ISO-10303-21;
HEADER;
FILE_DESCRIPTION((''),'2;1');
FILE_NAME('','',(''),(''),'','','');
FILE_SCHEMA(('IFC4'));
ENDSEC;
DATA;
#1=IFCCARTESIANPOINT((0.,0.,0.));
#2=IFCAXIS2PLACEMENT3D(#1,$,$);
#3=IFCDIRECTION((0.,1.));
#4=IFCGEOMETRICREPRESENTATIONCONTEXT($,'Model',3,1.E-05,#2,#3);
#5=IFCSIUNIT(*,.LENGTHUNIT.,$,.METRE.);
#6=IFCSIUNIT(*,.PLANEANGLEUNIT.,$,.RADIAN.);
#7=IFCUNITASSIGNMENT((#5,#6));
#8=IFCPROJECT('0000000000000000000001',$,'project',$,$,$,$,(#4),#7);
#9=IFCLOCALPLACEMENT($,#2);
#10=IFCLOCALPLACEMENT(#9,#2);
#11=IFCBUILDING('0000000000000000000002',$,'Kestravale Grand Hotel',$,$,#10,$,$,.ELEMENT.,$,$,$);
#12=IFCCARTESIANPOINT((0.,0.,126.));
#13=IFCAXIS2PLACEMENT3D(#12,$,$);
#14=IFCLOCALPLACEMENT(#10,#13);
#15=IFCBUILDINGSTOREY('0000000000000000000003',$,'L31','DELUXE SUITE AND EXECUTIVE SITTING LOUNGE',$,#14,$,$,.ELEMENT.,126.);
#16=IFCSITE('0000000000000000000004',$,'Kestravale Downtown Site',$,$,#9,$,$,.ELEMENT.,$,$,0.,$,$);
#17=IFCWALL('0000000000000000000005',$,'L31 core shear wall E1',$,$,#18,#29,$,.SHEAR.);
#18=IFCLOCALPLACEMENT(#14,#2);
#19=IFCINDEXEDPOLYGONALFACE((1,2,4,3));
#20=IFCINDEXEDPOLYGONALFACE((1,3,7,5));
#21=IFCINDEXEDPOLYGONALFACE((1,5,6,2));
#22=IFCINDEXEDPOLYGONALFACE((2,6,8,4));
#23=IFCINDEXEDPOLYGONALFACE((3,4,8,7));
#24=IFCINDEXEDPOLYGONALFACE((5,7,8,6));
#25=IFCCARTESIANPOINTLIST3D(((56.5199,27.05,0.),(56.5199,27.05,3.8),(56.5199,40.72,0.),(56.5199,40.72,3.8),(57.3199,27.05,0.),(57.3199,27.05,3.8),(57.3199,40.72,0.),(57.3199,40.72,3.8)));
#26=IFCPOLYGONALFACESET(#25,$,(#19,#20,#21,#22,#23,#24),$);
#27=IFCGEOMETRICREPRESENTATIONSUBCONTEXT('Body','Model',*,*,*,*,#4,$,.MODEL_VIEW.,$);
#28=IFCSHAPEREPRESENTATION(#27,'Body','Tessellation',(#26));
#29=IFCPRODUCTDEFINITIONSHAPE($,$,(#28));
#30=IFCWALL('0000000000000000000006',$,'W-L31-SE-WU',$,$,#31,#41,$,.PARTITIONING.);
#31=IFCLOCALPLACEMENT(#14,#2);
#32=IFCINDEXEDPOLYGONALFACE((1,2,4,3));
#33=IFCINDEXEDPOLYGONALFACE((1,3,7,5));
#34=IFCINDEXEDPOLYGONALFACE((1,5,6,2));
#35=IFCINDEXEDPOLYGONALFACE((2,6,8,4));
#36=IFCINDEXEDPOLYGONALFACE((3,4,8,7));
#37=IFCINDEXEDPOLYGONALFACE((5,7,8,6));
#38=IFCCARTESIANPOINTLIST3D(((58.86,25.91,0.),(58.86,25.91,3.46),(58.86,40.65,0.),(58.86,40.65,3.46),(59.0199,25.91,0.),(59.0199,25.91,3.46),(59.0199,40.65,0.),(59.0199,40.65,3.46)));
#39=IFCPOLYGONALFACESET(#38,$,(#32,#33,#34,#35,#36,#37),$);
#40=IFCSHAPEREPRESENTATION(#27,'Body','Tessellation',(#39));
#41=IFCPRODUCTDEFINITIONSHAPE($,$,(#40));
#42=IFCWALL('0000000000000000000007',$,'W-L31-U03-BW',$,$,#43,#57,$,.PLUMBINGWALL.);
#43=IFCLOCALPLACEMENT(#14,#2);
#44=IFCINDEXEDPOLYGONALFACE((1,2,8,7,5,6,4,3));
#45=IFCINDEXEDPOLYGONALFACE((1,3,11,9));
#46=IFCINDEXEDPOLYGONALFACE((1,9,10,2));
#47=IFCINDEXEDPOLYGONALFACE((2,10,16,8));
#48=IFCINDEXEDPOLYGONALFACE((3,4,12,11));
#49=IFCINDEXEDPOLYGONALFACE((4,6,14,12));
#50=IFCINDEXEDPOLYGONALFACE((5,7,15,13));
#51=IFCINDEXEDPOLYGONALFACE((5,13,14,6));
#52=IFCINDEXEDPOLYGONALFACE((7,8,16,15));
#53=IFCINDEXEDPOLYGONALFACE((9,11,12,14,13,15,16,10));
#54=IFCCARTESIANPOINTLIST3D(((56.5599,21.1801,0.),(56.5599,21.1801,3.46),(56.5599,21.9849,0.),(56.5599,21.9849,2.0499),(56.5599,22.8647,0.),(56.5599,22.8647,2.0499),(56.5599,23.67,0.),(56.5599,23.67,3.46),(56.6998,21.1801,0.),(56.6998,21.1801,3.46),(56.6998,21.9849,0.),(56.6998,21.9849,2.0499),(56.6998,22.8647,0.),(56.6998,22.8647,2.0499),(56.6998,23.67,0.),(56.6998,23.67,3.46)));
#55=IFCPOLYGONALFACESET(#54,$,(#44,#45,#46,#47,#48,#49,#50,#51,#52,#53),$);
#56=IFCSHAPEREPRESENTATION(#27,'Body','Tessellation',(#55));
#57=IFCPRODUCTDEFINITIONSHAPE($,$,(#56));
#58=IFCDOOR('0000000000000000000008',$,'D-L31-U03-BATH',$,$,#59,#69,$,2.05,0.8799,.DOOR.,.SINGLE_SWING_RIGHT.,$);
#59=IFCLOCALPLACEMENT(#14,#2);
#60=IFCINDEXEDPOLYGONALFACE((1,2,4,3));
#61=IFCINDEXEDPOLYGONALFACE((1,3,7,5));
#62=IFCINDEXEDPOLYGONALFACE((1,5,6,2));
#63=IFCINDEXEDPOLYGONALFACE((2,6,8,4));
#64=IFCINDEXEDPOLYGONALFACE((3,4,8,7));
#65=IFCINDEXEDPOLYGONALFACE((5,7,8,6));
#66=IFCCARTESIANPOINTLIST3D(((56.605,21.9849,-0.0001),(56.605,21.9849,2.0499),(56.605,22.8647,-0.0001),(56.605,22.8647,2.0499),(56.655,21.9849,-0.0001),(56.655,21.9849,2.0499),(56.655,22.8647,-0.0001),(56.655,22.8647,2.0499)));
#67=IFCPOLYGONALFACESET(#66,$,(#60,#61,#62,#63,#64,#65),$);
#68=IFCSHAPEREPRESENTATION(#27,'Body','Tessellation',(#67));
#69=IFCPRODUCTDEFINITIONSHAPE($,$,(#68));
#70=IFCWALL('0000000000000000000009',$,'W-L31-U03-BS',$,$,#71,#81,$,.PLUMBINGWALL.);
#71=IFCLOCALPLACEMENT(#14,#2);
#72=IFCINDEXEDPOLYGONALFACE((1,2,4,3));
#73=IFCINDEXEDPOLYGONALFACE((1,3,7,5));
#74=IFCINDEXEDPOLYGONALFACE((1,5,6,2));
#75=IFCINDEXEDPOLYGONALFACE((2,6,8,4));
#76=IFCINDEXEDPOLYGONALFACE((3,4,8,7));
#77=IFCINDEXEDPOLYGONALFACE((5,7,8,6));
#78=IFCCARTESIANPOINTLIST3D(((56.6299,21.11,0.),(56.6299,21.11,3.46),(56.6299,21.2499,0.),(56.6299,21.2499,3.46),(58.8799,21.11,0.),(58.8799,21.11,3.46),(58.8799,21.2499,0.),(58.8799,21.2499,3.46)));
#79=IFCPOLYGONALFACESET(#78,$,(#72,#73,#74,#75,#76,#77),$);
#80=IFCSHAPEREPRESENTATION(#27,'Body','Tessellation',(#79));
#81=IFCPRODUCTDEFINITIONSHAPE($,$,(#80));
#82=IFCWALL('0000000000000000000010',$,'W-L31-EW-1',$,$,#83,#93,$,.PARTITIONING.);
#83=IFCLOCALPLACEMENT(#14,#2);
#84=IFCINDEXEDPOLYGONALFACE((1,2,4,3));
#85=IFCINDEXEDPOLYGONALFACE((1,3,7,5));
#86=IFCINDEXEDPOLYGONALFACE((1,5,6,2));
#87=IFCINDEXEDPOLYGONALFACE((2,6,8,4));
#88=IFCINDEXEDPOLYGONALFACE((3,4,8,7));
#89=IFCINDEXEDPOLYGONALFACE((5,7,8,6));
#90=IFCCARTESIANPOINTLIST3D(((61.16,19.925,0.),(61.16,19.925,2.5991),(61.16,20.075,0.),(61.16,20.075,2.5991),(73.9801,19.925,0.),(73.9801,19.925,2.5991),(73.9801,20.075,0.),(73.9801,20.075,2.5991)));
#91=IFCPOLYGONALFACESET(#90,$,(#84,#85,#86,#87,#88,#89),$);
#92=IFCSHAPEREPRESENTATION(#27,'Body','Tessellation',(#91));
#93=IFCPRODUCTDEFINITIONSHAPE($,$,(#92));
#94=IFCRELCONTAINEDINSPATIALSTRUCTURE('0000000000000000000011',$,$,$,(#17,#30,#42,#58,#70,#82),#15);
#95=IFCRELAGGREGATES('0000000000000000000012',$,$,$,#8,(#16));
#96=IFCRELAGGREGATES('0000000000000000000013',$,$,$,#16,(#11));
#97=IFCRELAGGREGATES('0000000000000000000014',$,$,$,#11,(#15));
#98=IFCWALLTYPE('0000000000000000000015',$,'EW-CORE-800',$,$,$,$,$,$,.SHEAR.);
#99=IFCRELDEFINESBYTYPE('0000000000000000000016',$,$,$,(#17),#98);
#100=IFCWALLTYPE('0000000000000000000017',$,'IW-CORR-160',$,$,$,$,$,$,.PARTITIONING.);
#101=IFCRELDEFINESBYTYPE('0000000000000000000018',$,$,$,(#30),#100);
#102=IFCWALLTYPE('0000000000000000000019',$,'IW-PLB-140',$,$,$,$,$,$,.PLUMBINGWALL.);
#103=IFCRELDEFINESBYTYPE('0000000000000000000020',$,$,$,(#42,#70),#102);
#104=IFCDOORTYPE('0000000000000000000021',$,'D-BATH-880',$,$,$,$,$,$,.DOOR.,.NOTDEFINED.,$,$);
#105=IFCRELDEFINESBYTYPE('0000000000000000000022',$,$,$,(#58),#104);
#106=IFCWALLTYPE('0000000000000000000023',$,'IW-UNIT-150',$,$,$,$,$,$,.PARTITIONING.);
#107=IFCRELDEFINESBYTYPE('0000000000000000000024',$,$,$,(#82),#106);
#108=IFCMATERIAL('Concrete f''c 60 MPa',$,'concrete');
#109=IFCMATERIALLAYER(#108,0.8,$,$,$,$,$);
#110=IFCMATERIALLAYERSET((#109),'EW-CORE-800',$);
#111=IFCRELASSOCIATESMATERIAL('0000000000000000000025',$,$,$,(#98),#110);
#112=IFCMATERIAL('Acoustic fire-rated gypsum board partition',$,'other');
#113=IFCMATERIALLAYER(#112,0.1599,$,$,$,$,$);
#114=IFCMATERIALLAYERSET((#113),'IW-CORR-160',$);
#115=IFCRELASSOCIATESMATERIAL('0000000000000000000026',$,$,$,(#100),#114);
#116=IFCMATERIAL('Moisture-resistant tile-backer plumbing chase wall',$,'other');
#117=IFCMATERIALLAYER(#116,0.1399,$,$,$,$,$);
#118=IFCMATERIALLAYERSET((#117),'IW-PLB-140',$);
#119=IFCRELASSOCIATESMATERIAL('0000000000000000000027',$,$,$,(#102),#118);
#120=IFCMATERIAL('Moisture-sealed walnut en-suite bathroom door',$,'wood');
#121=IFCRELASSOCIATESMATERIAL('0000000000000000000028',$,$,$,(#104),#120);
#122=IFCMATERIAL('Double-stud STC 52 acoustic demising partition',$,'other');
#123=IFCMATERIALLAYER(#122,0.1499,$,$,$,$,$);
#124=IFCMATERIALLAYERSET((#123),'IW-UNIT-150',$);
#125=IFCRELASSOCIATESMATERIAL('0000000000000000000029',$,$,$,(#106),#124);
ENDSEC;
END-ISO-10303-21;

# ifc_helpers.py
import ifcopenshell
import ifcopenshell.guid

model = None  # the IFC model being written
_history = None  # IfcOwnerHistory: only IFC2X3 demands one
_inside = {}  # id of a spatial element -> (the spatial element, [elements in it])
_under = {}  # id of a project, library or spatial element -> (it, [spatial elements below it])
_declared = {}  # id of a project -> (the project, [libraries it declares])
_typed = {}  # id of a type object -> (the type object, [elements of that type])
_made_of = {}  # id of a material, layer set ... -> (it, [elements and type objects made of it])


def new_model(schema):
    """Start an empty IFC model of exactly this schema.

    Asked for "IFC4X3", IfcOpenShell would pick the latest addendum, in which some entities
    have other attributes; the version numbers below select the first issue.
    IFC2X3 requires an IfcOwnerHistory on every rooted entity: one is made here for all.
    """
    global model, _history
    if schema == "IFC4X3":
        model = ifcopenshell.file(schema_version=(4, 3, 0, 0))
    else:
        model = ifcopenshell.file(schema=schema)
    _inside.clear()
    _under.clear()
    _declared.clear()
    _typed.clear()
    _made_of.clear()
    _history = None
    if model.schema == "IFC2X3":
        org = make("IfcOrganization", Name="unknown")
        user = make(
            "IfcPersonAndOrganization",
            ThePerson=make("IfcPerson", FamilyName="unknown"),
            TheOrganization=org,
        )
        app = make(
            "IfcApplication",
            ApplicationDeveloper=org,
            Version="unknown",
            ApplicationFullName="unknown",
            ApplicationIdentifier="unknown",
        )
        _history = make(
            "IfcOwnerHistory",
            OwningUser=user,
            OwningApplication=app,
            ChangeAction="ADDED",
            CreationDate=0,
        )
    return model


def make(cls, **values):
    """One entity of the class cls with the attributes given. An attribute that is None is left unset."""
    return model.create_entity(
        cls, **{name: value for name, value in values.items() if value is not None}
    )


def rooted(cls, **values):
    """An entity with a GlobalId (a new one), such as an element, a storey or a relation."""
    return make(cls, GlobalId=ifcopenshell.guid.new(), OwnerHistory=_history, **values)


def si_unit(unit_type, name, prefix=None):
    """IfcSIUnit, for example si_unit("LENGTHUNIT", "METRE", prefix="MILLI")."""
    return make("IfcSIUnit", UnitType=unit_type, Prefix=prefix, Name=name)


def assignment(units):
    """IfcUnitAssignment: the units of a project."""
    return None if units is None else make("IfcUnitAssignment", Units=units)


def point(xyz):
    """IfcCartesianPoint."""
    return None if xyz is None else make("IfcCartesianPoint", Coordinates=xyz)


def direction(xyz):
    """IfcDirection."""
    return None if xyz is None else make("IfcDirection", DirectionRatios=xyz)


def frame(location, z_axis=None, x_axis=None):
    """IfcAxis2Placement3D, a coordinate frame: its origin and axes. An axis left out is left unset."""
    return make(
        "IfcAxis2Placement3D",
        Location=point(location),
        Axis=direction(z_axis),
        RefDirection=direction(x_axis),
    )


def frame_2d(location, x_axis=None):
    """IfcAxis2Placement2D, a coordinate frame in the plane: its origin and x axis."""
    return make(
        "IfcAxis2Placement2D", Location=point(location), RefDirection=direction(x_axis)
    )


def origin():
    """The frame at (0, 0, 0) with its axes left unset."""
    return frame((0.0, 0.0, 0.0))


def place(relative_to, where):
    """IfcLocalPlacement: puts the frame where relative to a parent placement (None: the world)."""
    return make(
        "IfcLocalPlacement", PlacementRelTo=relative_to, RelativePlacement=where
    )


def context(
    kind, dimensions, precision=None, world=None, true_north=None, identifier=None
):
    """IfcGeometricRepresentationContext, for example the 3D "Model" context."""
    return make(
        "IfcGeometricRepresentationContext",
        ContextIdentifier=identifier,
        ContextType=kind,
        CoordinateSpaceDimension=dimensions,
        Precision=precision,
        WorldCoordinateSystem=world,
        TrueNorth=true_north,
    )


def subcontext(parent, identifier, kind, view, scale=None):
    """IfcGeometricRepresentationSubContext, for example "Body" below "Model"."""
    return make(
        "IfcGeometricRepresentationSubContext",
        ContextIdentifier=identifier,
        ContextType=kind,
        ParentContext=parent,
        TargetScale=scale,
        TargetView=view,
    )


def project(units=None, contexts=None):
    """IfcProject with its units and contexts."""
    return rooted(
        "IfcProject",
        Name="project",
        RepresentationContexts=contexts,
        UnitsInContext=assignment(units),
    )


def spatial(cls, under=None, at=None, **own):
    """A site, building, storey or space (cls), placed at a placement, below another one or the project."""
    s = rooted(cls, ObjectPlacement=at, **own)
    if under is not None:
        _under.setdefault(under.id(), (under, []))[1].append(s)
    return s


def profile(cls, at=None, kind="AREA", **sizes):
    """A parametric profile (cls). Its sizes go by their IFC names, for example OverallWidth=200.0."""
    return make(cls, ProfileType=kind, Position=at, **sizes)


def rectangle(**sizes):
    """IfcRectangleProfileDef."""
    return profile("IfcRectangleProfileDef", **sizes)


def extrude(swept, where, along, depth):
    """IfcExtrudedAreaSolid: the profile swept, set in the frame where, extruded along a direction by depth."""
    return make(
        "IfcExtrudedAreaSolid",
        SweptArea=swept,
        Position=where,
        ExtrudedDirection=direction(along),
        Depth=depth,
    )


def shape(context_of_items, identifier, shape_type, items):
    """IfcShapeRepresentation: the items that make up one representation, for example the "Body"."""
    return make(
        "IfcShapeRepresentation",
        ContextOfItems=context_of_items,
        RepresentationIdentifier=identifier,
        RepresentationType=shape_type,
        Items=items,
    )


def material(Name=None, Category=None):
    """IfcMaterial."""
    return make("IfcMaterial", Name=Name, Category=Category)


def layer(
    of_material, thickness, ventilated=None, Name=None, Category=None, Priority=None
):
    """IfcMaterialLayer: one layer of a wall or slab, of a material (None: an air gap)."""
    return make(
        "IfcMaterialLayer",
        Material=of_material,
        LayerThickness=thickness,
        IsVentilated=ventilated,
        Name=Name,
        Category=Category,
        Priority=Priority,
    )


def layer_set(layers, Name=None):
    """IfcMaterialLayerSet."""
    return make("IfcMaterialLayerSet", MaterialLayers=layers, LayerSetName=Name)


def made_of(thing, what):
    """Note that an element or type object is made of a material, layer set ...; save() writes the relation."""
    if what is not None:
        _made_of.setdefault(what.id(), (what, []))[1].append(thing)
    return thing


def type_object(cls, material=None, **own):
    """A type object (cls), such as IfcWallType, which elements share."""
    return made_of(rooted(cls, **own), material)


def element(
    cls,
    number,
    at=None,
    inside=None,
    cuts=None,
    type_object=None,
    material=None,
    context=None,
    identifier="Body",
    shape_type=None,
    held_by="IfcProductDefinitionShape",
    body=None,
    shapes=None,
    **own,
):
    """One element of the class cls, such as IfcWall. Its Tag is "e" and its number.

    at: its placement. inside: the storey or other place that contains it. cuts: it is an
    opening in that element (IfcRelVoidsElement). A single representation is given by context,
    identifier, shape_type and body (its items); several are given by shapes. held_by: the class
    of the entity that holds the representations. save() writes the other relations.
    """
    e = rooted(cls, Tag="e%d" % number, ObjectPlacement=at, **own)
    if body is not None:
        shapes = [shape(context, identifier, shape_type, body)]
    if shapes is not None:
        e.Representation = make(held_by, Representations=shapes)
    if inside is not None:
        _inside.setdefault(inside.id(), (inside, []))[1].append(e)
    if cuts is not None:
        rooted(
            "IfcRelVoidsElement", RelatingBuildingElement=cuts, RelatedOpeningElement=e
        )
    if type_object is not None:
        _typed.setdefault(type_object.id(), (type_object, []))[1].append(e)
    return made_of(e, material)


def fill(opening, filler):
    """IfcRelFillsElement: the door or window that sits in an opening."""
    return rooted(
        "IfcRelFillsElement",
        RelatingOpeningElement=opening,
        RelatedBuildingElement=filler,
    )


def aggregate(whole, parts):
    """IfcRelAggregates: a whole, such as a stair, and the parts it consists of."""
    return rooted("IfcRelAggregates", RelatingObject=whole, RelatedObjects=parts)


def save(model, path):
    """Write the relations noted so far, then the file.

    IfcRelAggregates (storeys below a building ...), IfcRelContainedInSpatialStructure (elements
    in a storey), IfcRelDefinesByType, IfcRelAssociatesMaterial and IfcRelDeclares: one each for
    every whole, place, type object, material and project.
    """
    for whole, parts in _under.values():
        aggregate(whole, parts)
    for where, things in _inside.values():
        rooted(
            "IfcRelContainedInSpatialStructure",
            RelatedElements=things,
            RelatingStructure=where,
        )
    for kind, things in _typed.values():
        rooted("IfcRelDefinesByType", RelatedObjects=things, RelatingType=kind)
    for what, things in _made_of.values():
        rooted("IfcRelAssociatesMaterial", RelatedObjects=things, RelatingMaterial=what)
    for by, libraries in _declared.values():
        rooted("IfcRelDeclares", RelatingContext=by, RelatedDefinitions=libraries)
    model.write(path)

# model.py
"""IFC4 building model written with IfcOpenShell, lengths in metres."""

from ifc_helpers import new_model, si_unit, direction, frame, frame_2d, origin, place, context, subcontext, project, spatial, rectangle, extrude, material, layer, layer_set, type_object, element, fill, save


model = new_model("IFC4")

# Units and contexts
model_context = context("Model", 3, precision=1e-05, world=origin(), true_north=direction((0.0, 1.0)))
body_context = subcontext(model_context, "Body", "Model", "MODEL_VIEW")
ifc_project = project(units=[si_unit("LENGTHUNIT", "METRE"), si_unit("PLANEANGLEUNIT", "RADIAN")], contexts=[model_context])

# Site, building, storey
site_placement = place(None, origin())
site = spatial("IfcSite", under=ifc_project, at=site_placement, Name="Kestravale Downtown Site", CompositionType="ELEMENT", RefElevation=0.0)
building_placement = place(site_placement, origin())
building = spatial("IfcBuilding", under=site, at=building_placement, Name="Kestravale Grand Hotel", CompositionType="ELEMENT")
storey_placement = place(building_placement, frame((0.0, 0.0, 126.0)))
storey = spatial("IfcBuildingStorey", under=building, at=storey_placement, Name="L31", Description="DELUXE SUITE AND EXECUTIVE SITTING LOUNGE", CompositionType="ELEMENT", Elevation=126.0)

# Walls
ifc_material_1 = material(Name="Concrete f'c 60 MPa", Category="concrete")
ifc_layer_1 = layer(ifc_material_1, 0.8)
ifc_layer_set_1 = layer_set([ifc_layer_1], Name="EW-CORE-800")
wall_type_1 = type_object("IfcWallType", Name="EW-CORE-800", PredefinedType="SHEAR", material=ifc_layer_set_1)
wall_1_placement = place(storey_placement, frame((56.9199, 27.05, 0.0), z_axis=(0.0, 0.0, 1.0), x_axis=(0.0, 1.0, 0.0)))
element("IfcWall", 1, at=wall_1_placement, inside=storey, type_object=wall_type_1, Name="L31 core shear wall E1", PredefinedType="SHEAR", context=body_context, shape_type="SweptSolid", body=[
    extrude(rectangle(XDim=13.6699, YDim=0.8, at=frame_2d((6.835, 0.0))), origin(), (0.0, 0.0, 1.0), 3.8),
])
ifc_material_2 = material(Name="Acoustic fire-rated gypsum board partition", Category="other")
ifc_layer_2 = layer(ifc_material_2, 0.1599)
ifc_layer_set_2 = layer_set([ifc_layer_2], Name="IW-CORR-160")
wall_type_2 = type_object("IfcWallType", Name="IW-CORR-160", PredefinedType="PARTITIONING", material=ifc_layer_set_2)
wall_2_placement = place(storey_placement, frame((58.9399, 25.9099, 0.0), z_axis=(0.0, 0.0, 1.0), x_axis=(0.0, 1.0, 0.0)))
element("IfcWall", 2, at=wall_2_placement, inside=storey, type_object=wall_type_2, Name="W-L31-SE-WU", PredefinedType="PARTITIONING", context=body_context, shape_type="SweptSolid", body=[
    extrude(rectangle(XDim=14.74, YDim=0.1599, at=frame_2d((7.3701, 0.0))), origin(), (0.0, 0.0, 1.0), 3.46),
])

# Wall, opening, door
ifc_material_3 = material(Name="Moisture-resistant tile-backer plumbing chase wall", Category="other")
ifc_layer_3 = layer(ifc_material_3, 0.1399)
ifc_layer_set_3 = layer_set([ifc_layer_3], Name="IW-PLB-140")
wall_type_3 = type_object("IfcWallType", Name="IW-PLB-140", PredefinedType="PLUMBINGWALL", material=ifc_layer_set_3)
wall_3_placement = place(storey_placement, frame((56.6299, 21.1799, 0.0), z_axis=(0.0, 0.0, 1.0), x_axis=(0.0, 1.0, 0.0)))
wall_3 = element("IfcWall", 3, at=wall_3_placement, inside=storey, type_object=wall_type_3, Name="W-L31-U03-BW", PredefinedType="PLUMBINGWALL", context=body_context, shape_type="SweptSolid", body=[
    extrude(rectangle(XDim=2.49, YDim=0.1399, at=frame_2d((1.2451, 0.0))), origin(), (0.0, 0.0, 1.0), 3.46),
])
opening_placement = place(wall_3_placement, frame((0.8049, 0.0, 0.0)))
opening = element("IfcOpeningElement", 4, at=opening_placement, cuts=wall_3, PredefinedType="OPENING", context=body_context, shape_type="SweptSolid", body=[
    extrude(rectangle(XDim=0.8799, YDim=2.05, at=frame_2d((0.4399, 1.0249))), frame((0.0, 0.0798, 0.0), z_axis=(0.0, -1.0, 0.0), x_axis=(1.0, 0.0, 0.0)), (0.0, 0.0, 1.0), 0.1599),
])
ifc_material_4 = material(Name="Moisture-sealed walnut en-suite bathroom door", Category="wood")
door_type = type_object("IfcDoorType", Name="D-BATH-880", OperationType="NOTDEFINED", PredefinedType="DOOR", material=ifc_material_4)
door_placement = place(opening_placement, origin())
door = element("IfcDoor", 5, at=door_placement, inside=storey, type_object=door_type, Name="D-L31-U03-BATH", OperationType="SINGLE_SWING_RIGHT", OverallHeight=2.05, OverallWidth=0.8799, PredefinedType="DOOR", context=body_context, shape_type="SweptSolid", body=[
    extrude(rectangle(XDim=0.8799, YDim=2.05, at=frame_2d((0.4399, 1.0249))), frame((0.0, 0.0249, 0.0), z_axis=(0.0, -1.0, 0.0), x_axis=(1.0, 0.0, 0.0)), (0.0, 0.0, 1.0), 0.05),
])
fill(opening, door)

# Walls
wall_4_placement = place(storey_placement, frame((56.6299, 21.1799, 0.0), z_axis=(0.0, 0.0, 1.0), x_axis=(1.0, 0.0, 0.0)))
element("IfcWall", 6, at=wall_4_placement, inside=storey, type_object=wall_type_3, Name="W-L31-U03-BS", PredefinedType="PLUMBINGWALL", context=body_context, shape_type="SweptSolid", body=[
    extrude(rectangle(XDim=2.25, YDim=0.1399, at=frame_2d((1.125, 0.0))), origin(), (0.0, 0.0, 1.0), 3.46),
])
ifc_material_5 = material(Name="Double-stud STC 52 acoustic demising partition", Category="other")
ifc_layer_4 = layer(ifc_material_5, 0.1499)
ifc_layer_set_4 = layer_set([ifc_layer_4], Name="IW-UNIT-150")
wall_type_4 = type_object("IfcWallType", Name="IW-UNIT-150", PredefinedType="PARTITIONING", material=ifc_layer_set_4)
wall_5_placement = place(storey_placement, frame((61.1599, 20.0, 0.0), z_axis=(0.0, 0.0, 1.0), x_axis=(1.0, 0.0, 0.0)))
element("IfcWall", 7, at=wall_5_placement, inside=storey, type_object=wall_type_4, Name="W-L31-EW-1", PredefinedType="PARTITIONING", context=body_context, shape_type="SweptSolid", body=[
    extrude(rectangle(XDim=12.8201, YDim=0.1499, at=frame_2d((6.4102, 0.0))), origin(), (0.0, 0.0, 1.0), 2.5991),
])

save(model, "model.ifc")
